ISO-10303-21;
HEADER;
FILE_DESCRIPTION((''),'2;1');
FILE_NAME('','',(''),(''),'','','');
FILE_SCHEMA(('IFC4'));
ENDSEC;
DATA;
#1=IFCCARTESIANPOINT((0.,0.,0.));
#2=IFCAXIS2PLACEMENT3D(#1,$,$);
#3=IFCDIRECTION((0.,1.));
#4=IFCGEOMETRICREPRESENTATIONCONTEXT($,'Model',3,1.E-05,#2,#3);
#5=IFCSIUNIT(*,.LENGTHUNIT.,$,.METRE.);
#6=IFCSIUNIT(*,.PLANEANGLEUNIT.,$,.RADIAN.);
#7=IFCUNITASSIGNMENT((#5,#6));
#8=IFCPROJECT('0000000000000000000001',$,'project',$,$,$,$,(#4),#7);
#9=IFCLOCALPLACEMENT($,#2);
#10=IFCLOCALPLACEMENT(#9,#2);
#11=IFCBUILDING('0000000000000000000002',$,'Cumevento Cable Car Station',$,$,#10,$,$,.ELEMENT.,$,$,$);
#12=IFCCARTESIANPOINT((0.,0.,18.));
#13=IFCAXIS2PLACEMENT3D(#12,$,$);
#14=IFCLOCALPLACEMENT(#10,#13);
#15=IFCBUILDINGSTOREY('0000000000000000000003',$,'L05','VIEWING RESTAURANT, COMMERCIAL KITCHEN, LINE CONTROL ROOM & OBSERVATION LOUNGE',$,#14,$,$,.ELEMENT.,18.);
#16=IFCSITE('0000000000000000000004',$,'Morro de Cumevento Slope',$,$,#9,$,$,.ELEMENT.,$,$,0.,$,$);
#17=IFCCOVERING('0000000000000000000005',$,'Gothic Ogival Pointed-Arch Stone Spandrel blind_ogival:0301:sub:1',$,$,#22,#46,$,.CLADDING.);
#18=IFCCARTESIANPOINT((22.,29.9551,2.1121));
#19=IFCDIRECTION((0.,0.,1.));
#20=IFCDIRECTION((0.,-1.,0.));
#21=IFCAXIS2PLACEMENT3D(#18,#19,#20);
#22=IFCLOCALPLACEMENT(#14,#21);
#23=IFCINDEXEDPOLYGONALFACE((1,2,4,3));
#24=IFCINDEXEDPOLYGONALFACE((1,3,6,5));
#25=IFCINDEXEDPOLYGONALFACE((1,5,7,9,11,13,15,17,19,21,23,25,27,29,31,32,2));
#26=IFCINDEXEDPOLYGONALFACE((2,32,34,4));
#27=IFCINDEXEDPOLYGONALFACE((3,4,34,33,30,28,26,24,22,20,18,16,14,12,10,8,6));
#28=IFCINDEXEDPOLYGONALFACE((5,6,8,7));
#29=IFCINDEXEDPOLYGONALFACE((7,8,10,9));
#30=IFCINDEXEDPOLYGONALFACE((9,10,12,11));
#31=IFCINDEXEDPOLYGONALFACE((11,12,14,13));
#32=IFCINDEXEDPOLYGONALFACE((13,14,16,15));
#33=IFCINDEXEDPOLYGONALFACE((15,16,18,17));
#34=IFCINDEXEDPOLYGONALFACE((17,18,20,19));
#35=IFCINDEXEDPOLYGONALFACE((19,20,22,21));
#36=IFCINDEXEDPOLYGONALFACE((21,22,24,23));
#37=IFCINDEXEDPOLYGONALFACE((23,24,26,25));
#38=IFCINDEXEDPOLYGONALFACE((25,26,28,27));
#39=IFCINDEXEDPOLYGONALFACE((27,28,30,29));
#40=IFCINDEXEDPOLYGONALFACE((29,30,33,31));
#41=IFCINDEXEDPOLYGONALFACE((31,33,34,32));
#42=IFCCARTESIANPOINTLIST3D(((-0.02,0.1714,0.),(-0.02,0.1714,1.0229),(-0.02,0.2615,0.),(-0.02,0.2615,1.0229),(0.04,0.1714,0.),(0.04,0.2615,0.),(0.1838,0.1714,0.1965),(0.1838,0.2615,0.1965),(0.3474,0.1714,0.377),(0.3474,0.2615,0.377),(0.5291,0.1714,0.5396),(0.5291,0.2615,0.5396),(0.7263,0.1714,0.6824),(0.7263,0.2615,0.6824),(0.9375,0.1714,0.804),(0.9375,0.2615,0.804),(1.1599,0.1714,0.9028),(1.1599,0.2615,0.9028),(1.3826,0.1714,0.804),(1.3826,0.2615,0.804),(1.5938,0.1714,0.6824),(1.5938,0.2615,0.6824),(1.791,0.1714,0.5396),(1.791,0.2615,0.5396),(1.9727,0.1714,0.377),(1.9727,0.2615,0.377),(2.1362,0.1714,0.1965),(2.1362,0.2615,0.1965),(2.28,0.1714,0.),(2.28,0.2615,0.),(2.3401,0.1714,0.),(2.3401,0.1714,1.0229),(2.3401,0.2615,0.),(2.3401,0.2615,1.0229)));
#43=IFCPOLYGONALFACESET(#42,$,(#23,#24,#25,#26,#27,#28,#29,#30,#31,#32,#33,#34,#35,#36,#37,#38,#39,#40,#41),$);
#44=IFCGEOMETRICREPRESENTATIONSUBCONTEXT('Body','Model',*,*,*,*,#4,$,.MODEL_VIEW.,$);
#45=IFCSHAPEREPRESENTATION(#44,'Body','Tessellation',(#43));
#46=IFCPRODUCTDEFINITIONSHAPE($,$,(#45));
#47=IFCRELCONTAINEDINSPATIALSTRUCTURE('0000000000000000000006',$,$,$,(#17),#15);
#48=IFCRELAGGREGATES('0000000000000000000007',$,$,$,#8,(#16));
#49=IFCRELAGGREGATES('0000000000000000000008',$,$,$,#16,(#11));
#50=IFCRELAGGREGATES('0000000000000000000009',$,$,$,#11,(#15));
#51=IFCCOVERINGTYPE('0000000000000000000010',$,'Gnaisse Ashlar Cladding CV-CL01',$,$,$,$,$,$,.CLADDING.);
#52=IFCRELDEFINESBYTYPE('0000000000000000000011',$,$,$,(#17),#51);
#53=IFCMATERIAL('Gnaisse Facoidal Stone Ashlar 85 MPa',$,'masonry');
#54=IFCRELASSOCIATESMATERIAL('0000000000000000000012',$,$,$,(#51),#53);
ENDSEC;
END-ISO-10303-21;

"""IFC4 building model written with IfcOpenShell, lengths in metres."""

from ifc_helpers import new_model, si_unit, direction, frame, origin, place, context, subcontext, project, spatial, polyline, outline, extrude, material, type_object, element, save


model = new_model("IFC4")

# Units and contexts
model_context = context("Model", 3, precision=1e-05, world=origin(), true_north=direction((0.0, 1.0)))
body_context = subcontext(model_context, "Body", "Model", "MODEL_VIEW")
ifc_project = project(units=[si_unit("LENGTHUNIT", "METRE"), si_unit("PLANEANGLEUNIT", "RADIAN")], contexts=[model_context])

# Site, building, storey
site_placement = place(None, origin())
site = spatial("IfcSite", under=ifc_project, at=site_placement, Name="Morro de Cumevento Slope", CompositionType="ELEMENT", RefElevation=0.0)
building_placement = place(site_placement, origin())
building = spatial("IfcBuilding", under=site, at=building_placement, Name="Cumevento Cable Car Station", CompositionType="ELEMENT")
storey_placement = place(building_placement, frame((0.0, 0.0, 18.0)))
storey = spatial("IfcBuildingStorey", under=building, at=storey_placement, Name="L05", Description="VIEWING RESTAURANT, COMMERCIAL KITCHEN, LINE CONTROL ROOM & OBSERVATION LOUNGE", CompositionType="ELEMENT", Elevation=18.0)

# Covering
ifc_material_1 = material(Name="Gnaisse Facoidal Stone Ashlar 85 MPa", Category="masonry")
covering_type = type_object("IfcCoveringType", Name="Gnaisse Ashlar Cladding CV-CL01", PredefinedType="CLADDING", material=ifc_material_1)
for number, where, z_axis, x_axis, name in (
    (1, (22.0, 29.9551, 2.1121), (0.0, 0.0, 1.0), (0.0, -1.0, 0.0), "Gothic Ogival Pointed-Arch Stone Spandrel blind_ogival:0301:sub:1"),
):
    element("IfcCovering", number, at=place(storey_placement, frame(where, z_axis=z_axis, x_axis=x_axis)), inside=storey, type_object=covering_type, Name=name, PredefinedType="CLADDING", context=body_context, shape_type="SweptSolid", body=[
        extrude(outline(polyline([(-0.02, 0.0), (-0.02, 1.0229), (2.3401, 1.0229), (2.3401, 0.0), (2.28, 0.0), (2.1362, 0.1965), (1.9727, 0.377), (1.791, 0.5396), (1.5938, 0.6824), (1.3826, 0.804), (1.1599, 0.9028), (0.9375, 0.804), (0.7263, 0.6824), (0.5291, 0.5396), (0.3474, 0.377), (0.1838, 0.1965), (0.04, 0.0), (-0.02, 0.0)])), frame((0.0, 0.2615, 0.0), z_axis=(0.0, -1.0, 0.0), x_axis=(1.0, 0.0, 0.0)), (0.0, 0.0, 1.0), 0.0901),
    ])

save(model, "model.ifc")
